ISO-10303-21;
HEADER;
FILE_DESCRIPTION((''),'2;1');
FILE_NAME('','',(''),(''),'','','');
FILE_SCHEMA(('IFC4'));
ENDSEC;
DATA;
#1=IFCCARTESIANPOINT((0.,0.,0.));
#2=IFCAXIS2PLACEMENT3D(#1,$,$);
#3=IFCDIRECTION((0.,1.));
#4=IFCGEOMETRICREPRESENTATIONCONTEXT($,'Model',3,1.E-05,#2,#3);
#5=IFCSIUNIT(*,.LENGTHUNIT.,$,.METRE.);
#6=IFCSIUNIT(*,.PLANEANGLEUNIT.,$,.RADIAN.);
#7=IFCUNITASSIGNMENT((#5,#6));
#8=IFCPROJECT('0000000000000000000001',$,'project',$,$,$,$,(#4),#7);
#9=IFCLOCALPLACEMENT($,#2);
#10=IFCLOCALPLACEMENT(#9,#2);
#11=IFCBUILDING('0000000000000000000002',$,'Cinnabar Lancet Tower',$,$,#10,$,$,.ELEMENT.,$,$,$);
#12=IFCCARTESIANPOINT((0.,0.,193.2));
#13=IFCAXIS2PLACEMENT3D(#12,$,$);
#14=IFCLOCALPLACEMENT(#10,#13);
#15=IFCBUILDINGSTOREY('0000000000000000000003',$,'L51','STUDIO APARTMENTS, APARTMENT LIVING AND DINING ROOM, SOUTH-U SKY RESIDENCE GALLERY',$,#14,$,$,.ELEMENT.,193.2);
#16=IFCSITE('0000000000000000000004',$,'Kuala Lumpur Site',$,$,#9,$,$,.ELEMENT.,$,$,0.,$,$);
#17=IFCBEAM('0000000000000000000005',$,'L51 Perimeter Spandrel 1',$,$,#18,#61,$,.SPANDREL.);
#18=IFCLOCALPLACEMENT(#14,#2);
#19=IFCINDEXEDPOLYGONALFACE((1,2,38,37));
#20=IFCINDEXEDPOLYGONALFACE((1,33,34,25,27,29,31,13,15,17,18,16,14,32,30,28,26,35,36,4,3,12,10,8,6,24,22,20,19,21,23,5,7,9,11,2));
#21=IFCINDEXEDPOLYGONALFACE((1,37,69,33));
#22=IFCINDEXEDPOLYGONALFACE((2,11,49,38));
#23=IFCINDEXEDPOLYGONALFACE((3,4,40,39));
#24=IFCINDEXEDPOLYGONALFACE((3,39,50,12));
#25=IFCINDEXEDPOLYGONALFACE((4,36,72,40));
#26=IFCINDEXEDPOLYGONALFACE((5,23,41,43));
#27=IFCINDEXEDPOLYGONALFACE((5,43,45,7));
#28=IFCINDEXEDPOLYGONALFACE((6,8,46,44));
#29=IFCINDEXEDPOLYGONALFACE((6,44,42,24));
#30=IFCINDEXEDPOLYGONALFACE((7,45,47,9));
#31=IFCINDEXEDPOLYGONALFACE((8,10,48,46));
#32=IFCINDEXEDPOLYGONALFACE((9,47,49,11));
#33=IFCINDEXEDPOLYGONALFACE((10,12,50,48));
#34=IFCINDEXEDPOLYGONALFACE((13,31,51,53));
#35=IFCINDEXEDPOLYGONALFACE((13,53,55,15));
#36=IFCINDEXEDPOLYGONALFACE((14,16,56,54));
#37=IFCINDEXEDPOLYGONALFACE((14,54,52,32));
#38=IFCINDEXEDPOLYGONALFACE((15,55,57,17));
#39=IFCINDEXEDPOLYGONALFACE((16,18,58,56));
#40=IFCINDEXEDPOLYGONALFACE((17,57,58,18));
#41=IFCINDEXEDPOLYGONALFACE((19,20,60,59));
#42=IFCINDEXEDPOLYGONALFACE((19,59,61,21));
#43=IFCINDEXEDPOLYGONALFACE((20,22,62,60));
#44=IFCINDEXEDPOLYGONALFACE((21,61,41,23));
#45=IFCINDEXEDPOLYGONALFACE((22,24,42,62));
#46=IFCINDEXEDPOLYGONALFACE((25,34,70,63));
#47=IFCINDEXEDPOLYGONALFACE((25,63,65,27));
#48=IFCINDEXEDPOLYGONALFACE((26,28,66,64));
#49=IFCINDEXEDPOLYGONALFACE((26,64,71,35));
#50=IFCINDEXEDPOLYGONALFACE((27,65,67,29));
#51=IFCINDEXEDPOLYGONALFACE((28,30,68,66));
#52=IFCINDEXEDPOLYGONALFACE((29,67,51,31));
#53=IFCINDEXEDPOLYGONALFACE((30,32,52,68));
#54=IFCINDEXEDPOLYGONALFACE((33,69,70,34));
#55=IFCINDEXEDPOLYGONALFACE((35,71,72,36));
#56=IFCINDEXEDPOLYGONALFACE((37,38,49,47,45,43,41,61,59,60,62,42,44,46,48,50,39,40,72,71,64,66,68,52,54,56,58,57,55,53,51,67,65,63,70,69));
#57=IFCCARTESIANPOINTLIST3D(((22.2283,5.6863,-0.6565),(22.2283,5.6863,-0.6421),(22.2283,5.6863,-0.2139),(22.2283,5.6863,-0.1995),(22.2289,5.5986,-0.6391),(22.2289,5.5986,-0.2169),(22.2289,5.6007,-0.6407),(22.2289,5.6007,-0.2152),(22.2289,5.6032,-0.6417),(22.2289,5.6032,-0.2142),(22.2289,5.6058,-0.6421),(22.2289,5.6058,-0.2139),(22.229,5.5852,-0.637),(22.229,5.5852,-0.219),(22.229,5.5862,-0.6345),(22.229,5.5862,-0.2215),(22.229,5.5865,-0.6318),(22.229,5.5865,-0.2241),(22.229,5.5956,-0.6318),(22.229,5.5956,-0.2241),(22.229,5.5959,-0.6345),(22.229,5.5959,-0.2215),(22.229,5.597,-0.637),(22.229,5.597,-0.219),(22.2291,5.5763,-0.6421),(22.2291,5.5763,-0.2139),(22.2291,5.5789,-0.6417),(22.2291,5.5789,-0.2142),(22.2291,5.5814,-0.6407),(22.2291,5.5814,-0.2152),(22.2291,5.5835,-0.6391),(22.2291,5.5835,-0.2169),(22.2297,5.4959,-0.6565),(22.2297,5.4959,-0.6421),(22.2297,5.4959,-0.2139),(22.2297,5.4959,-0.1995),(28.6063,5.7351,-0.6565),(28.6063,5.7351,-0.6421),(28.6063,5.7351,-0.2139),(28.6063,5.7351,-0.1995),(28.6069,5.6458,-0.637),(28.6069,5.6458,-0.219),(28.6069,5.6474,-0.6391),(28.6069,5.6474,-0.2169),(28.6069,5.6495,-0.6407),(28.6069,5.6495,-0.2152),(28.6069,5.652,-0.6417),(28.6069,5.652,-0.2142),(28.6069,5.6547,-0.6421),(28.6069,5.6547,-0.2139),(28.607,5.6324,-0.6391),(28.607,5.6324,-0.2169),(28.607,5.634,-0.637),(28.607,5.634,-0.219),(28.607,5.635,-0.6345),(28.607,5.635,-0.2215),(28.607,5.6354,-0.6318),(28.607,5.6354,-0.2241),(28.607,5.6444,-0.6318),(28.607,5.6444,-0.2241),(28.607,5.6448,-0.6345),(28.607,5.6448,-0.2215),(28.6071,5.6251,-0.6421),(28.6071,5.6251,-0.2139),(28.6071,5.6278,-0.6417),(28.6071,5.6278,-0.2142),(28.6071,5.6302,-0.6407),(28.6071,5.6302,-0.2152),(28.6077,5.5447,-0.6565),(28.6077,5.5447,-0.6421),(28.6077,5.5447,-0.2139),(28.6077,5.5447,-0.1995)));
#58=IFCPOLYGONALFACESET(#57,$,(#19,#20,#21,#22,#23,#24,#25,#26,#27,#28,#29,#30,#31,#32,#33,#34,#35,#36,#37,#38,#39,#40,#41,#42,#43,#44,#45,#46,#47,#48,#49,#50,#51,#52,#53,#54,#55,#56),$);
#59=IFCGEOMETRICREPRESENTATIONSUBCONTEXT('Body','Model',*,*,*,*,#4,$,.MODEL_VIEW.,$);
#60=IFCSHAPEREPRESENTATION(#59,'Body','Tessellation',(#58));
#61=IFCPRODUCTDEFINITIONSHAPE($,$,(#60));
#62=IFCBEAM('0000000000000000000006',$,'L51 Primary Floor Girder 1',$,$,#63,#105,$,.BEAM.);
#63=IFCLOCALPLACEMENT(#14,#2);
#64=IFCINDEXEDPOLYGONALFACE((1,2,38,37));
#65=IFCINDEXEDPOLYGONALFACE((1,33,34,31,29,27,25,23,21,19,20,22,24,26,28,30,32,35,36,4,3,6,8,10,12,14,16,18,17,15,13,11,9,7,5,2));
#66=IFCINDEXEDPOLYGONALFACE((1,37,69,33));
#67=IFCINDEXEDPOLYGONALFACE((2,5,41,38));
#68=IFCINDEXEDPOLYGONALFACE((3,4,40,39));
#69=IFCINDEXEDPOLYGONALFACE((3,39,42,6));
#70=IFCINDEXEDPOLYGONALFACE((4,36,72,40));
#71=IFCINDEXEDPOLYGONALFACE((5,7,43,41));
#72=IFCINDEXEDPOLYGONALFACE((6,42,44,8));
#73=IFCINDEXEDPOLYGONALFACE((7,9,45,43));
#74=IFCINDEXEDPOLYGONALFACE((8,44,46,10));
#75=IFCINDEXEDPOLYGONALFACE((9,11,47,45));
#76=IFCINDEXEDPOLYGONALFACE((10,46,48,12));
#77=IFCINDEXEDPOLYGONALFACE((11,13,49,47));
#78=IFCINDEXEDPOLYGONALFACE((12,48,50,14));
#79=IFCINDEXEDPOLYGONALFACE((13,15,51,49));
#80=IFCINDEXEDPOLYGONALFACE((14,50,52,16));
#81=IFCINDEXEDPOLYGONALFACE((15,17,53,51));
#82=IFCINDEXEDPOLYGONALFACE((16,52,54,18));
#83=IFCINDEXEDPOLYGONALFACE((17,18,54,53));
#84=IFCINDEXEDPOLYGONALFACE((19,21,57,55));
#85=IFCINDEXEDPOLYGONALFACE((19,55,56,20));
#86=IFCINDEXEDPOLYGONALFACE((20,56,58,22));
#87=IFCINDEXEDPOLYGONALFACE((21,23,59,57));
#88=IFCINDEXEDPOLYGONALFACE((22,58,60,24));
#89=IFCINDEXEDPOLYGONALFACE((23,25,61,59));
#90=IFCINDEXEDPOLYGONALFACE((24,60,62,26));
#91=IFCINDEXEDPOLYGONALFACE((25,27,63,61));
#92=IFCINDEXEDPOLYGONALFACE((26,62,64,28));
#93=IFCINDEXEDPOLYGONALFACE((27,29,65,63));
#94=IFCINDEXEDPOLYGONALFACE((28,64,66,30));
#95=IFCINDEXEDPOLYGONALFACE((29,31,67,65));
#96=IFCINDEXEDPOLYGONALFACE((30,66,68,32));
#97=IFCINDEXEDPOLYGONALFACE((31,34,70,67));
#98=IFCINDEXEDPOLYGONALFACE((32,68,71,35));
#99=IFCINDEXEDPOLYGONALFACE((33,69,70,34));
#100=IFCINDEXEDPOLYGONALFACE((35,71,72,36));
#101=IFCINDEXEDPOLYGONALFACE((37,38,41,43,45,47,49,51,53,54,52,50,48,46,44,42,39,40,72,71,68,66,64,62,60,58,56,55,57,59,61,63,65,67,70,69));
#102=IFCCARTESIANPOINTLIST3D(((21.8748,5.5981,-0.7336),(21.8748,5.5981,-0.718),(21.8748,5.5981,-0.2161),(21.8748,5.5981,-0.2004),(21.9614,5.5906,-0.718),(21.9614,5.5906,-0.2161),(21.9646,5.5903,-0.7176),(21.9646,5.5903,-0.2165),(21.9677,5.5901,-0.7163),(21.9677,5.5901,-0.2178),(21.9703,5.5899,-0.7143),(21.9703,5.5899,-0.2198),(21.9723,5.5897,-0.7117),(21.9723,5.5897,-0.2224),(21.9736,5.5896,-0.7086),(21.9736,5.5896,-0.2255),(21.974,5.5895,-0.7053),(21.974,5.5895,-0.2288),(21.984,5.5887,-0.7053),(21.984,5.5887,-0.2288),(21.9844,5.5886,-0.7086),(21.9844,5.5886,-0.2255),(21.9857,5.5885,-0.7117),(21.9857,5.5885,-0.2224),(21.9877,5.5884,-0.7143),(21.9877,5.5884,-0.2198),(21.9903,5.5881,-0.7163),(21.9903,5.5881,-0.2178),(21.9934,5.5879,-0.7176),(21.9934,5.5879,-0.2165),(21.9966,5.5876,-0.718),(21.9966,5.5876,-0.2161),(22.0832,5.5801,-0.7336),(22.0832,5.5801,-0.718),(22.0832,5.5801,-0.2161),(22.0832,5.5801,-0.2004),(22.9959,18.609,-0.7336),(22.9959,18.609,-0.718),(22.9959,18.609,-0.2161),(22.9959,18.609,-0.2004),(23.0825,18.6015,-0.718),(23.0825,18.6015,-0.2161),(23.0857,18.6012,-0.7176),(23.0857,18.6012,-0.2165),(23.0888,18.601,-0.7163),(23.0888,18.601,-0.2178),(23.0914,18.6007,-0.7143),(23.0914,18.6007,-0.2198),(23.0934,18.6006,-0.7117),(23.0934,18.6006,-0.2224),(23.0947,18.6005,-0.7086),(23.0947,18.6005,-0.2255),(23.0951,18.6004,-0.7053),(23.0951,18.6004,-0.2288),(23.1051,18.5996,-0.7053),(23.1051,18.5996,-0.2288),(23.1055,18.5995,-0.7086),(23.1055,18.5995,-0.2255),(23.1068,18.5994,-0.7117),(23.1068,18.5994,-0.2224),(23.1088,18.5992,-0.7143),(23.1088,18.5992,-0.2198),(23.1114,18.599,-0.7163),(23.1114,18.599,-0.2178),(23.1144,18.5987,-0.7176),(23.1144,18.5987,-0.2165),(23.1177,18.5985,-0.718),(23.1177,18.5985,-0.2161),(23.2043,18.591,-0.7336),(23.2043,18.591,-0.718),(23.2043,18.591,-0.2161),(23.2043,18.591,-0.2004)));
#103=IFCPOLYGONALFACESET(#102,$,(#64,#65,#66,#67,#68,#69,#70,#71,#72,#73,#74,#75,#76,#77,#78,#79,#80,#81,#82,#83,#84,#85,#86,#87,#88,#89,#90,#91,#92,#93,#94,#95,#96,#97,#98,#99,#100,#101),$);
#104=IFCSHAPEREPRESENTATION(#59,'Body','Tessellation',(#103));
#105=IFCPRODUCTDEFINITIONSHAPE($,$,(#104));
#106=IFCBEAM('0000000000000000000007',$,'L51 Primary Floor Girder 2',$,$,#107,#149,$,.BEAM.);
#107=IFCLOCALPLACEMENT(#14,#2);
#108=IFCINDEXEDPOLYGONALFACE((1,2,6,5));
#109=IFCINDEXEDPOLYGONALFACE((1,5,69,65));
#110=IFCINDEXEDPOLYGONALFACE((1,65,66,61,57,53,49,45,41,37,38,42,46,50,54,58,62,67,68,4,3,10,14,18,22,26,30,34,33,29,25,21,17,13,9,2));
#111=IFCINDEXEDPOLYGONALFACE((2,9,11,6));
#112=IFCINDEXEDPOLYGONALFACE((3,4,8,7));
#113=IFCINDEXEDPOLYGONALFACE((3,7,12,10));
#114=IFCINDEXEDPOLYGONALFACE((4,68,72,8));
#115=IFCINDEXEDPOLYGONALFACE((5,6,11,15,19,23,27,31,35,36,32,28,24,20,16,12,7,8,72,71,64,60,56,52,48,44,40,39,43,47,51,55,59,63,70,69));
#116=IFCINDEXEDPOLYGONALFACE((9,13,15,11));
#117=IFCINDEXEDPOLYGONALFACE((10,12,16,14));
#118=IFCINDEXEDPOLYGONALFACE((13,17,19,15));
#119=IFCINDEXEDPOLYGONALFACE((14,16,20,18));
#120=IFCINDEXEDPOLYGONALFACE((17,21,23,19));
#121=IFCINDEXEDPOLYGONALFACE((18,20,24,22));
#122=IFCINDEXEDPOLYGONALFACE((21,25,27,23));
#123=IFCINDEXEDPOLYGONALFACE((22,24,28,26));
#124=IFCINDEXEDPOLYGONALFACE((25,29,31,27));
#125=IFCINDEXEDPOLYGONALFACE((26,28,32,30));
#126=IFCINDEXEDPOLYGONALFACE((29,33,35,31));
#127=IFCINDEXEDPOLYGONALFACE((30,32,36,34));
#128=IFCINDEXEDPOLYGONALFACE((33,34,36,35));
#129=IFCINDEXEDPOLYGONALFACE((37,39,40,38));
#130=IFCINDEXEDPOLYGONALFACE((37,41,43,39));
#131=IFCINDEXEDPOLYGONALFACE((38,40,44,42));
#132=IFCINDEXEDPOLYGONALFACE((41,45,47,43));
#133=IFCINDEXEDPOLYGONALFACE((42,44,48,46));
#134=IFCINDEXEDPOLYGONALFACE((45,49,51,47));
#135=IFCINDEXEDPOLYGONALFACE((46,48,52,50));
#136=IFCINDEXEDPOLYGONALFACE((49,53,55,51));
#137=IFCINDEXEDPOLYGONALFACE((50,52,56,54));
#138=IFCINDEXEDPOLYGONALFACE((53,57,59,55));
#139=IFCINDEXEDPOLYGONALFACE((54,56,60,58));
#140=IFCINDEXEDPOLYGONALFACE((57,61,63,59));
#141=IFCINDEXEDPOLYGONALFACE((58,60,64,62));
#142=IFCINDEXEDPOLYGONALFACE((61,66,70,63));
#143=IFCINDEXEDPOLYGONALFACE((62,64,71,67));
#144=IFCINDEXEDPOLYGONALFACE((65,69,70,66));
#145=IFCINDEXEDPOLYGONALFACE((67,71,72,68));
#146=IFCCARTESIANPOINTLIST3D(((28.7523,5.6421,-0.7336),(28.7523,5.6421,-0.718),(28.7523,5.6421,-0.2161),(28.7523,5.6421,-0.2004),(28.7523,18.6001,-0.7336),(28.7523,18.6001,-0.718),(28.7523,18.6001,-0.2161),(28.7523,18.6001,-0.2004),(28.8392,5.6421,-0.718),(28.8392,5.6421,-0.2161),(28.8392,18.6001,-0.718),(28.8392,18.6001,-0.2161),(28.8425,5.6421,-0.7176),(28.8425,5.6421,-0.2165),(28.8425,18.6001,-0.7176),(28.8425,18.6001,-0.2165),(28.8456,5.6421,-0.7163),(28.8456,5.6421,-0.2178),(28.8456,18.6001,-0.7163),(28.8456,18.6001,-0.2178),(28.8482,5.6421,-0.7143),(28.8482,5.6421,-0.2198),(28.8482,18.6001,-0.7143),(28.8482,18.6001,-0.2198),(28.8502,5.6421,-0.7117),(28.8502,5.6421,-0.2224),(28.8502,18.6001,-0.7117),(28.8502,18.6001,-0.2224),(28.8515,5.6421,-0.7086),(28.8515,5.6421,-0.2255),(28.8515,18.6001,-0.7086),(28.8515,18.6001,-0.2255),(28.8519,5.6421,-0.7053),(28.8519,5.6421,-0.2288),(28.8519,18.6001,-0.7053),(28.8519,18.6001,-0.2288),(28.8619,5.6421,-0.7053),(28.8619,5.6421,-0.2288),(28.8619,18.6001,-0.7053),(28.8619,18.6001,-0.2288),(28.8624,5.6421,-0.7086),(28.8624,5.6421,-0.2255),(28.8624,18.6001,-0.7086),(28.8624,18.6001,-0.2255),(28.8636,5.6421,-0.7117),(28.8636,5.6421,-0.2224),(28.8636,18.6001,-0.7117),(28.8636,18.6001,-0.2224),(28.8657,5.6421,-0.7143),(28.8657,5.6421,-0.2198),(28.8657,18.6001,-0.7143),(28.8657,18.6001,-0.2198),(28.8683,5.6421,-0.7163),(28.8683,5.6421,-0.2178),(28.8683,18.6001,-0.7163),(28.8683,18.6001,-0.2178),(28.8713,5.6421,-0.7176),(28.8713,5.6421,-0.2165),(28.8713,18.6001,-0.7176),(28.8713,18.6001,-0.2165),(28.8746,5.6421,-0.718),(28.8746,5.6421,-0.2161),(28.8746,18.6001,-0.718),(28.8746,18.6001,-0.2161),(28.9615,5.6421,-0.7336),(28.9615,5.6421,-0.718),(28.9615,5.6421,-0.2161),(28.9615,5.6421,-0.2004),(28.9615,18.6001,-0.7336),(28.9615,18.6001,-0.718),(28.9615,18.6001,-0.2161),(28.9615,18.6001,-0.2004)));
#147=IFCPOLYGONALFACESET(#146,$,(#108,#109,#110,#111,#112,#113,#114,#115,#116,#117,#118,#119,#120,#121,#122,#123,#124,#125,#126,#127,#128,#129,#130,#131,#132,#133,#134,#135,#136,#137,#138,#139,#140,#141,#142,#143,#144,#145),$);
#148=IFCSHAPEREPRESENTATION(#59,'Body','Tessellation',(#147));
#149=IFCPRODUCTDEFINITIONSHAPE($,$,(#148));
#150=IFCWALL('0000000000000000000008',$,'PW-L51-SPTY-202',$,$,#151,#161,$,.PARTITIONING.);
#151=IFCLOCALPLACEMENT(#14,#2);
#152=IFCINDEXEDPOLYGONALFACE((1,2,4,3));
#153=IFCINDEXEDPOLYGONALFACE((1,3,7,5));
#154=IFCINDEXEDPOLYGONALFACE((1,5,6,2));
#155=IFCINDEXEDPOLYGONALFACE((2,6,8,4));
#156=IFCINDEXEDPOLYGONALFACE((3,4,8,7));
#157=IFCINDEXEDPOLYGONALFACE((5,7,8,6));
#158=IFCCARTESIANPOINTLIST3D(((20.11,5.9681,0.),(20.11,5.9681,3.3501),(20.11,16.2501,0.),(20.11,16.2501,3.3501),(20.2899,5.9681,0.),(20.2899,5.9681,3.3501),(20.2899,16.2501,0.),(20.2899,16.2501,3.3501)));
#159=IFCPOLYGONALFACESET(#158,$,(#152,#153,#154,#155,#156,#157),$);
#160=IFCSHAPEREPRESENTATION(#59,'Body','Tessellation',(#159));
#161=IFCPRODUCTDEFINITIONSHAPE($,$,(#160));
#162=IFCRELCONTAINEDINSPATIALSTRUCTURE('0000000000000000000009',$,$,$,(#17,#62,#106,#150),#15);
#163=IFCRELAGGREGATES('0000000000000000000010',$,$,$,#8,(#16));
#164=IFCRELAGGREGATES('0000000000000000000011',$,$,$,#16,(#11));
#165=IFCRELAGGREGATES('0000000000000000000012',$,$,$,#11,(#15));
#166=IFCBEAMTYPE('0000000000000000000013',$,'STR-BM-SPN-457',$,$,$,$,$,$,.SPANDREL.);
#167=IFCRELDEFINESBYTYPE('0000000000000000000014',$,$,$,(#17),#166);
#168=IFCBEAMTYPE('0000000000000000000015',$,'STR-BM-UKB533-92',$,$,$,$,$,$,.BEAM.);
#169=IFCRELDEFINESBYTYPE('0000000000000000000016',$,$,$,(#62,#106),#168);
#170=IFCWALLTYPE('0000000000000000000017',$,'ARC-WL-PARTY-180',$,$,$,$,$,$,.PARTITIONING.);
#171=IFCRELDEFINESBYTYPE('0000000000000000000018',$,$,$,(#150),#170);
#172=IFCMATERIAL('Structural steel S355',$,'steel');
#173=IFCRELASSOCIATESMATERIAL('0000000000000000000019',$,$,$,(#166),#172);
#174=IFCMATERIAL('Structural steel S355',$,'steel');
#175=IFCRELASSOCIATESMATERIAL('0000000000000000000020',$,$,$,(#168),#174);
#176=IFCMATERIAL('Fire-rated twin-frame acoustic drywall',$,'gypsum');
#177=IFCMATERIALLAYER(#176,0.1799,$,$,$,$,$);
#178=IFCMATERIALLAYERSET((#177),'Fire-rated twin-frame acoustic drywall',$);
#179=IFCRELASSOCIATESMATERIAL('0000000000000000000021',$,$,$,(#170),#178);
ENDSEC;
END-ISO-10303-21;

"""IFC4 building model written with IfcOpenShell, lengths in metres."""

from ifc_helpers import new_model, si_unit, direction, frame, frame_2d, origin, origin_2d, place, context, subcontext, project, spatial, rectangle, i_section, extrude, material, layer, layer_set, material_profile, profile_set, type_object, element, save


model = new_model("IFC4")

# Units and contexts
model_context = context("Model", 3, precision=1e-05, world=origin(), true_north=direction((0.0, 1.0)))
body_context = subcontext(model_context, "Body", "Model", "MODEL_VIEW")
ifc_project = project(units=[si_unit("LENGTHUNIT", "METRE"), si_unit("PLANEANGLEUNIT", "RADIAN")], contexts=[model_context])

# Site, building, storey
site_placement = place(None, origin())
site = spatial("IfcSite", under=ifc_project, at=site_placement, Name="Kuala Lumpur Site", CompositionType="ELEMENT", RefElevation=0.0)
building_placement = place(site_placement, origin())
building = spatial("IfcBuilding", under=site, at=building_placement, Name="Cinnabar Lancet Tower", CompositionType="ELEMENT")
storey_placement = place(building_placement, frame((0.0, 0.0, 193.2)))
storey = spatial("IfcBuildingStorey", under=building, at=storey_placement, Name="L51", Description="STUDIO APARTMENTS, APARTMENT LIVING AND DINING ROOM, SOUTH-U SKY RESIDENCE GALLERY", CompositionType="ELEMENT", Elevation=193.2)

# Beams
ifc_material_1 = material(Name="Structural steel S355", Category="steel")
ifc_material_profile_1 = material_profile(ifc_material_1, i_section(OverallWidth=0.1904, OverallDepth=0.457, WebThickness=0.009, FlangeThickness=0.0144, FilletRadius=0.0103, at=origin_2d()), Name="UKB 457x191x74")
ifc_profile_set_1 = profile_set([ifc_material_profile_1], Name="Structural steel S355")
beam_type_1 = type_object("IfcBeamType", Name="STR-BM-SPN-457", PredefinedType="SPANDREL", material=ifc_profile_set_1)
beam_1_placement = place(storey_placement, frame((22.229, 5.5911, -0.428), z_axis=(0.999971, 0.007656, 0.0), x_axis=(-0.007656, 0.999971, 0.0)))
element("IfcBeam", 1, at=beam_1_placement, inside=storey, type_object=beam_type_1, Name="L51 Perimeter Spandrel 1", PredefinedType="SPANDREL", context=body_context, shape_type="SweptSolid", body=[
    extrude(i_section(OverallWidth=0.1904, OverallDepth=0.457, WebThickness=0.009, FlangeThickness=0.0144, FilletRadius=0.0103, at=origin_2d()), origin(), (0.0, 0.0, 1.0), 6.3782),
])
ifc_material_2 = material(Name="Structural steel S355", Category="steel")
ifc_material_profile_2 = material_profile(ifc_material_2, i_section(OverallWidth=0.2092, OverallDepth=0.5332, WebThickness=0.01, FlangeThickness=0.0156, FilletRadius=0.0127, at=origin_2d()), Name="UKB 533x210x92")
ifc_profile_set_2 = profile_set([ifc_material_profile_2], Name="Structural steel S355")
beam_type_2 = type_object("IfcBeamType", Name="STR-BM-UKB533-92", PredefinedType="BEAM", material=ifc_profile_set_2)
beam_2_placement = place(storey_placement, frame((21.979, 5.5891, -0.467), z_axis=(0.085847, 0.996308, 0.0), x_axis=(-0.996308, 0.085847, 0.0)))
element("IfcBeam", 2, at=beam_2_placement, inside=storey, type_object=beam_type_2, Name="L51 Primary Floor Girder 1", PredefinedType="BEAM", context=body_context, shape_type="SweptSolid", body=[
    extrude(i_section(OverallWidth=0.2092, OverallDepth=0.5332, WebThickness=0.01, FlangeThickness=0.0156, FilletRadius=0.0127, at=origin_2d()), origin(), (0.0, 0.0, 1.0), 13.0591),
])
beam_3_placement = place(storey_placement, frame((28.8569, 5.6421, -0.467), z_axis=(0.0, 1.0, 0.0), x_axis=(-1.0, 0.0, 0.0)))
element("IfcBeam", 3, at=beam_3_placement, inside=storey, type_object=beam_type_2, Name="L51 Primary Floor Girder 2", PredefinedType="BEAM", context=body_context, shape_type="SweptSolid", body=[
    extrude(i_section(OverallWidth=0.2092, OverallDepth=0.5332, WebThickness=0.01, FlangeThickness=0.0156, FilletRadius=0.0127, at=origin_2d()), origin(), (0.0, 0.0, 1.0), 12.958),
])

# Wall
ifc_material_3 = material(Name="Fire-rated twin-frame acoustic drywall", Category="gypsum")
ifc_layer_1 = layer(ifc_material_3, 0.1799)
ifc_layer_set_1 = layer_set([ifc_layer_1], Name="Fire-rated twin-frame acoustic drywall")
wall_type_1 = type_object("IfcWallType", Name="ARC-WL-PARTY-180", PredefinedType="PARTITIONING", material=ifc_layer_set_1)
wall_1_placement = place(storey_placement, frame((20.2, 5.968, 0.0), z_axis=(0.0, 0.0, 1.0), x_axis=(0.0, 1.0, 0.0)))
element("IfcWall", 4, at=wall_1_placement, inside=storey, type_object=wall_type_1, Name="PW-L51-SPTY-202", PredefinedType="PARTITIONING", context=body_context, shape_type="SweptSolid", body=[
    extrude(rectangle(XDim=10.282, YDim=0.1799, at=frame_2d((5.1411, 0.0))), origin(), (0.0, 0.0, 1.0), 3.3501),
])

save(model, "model.ifc")
